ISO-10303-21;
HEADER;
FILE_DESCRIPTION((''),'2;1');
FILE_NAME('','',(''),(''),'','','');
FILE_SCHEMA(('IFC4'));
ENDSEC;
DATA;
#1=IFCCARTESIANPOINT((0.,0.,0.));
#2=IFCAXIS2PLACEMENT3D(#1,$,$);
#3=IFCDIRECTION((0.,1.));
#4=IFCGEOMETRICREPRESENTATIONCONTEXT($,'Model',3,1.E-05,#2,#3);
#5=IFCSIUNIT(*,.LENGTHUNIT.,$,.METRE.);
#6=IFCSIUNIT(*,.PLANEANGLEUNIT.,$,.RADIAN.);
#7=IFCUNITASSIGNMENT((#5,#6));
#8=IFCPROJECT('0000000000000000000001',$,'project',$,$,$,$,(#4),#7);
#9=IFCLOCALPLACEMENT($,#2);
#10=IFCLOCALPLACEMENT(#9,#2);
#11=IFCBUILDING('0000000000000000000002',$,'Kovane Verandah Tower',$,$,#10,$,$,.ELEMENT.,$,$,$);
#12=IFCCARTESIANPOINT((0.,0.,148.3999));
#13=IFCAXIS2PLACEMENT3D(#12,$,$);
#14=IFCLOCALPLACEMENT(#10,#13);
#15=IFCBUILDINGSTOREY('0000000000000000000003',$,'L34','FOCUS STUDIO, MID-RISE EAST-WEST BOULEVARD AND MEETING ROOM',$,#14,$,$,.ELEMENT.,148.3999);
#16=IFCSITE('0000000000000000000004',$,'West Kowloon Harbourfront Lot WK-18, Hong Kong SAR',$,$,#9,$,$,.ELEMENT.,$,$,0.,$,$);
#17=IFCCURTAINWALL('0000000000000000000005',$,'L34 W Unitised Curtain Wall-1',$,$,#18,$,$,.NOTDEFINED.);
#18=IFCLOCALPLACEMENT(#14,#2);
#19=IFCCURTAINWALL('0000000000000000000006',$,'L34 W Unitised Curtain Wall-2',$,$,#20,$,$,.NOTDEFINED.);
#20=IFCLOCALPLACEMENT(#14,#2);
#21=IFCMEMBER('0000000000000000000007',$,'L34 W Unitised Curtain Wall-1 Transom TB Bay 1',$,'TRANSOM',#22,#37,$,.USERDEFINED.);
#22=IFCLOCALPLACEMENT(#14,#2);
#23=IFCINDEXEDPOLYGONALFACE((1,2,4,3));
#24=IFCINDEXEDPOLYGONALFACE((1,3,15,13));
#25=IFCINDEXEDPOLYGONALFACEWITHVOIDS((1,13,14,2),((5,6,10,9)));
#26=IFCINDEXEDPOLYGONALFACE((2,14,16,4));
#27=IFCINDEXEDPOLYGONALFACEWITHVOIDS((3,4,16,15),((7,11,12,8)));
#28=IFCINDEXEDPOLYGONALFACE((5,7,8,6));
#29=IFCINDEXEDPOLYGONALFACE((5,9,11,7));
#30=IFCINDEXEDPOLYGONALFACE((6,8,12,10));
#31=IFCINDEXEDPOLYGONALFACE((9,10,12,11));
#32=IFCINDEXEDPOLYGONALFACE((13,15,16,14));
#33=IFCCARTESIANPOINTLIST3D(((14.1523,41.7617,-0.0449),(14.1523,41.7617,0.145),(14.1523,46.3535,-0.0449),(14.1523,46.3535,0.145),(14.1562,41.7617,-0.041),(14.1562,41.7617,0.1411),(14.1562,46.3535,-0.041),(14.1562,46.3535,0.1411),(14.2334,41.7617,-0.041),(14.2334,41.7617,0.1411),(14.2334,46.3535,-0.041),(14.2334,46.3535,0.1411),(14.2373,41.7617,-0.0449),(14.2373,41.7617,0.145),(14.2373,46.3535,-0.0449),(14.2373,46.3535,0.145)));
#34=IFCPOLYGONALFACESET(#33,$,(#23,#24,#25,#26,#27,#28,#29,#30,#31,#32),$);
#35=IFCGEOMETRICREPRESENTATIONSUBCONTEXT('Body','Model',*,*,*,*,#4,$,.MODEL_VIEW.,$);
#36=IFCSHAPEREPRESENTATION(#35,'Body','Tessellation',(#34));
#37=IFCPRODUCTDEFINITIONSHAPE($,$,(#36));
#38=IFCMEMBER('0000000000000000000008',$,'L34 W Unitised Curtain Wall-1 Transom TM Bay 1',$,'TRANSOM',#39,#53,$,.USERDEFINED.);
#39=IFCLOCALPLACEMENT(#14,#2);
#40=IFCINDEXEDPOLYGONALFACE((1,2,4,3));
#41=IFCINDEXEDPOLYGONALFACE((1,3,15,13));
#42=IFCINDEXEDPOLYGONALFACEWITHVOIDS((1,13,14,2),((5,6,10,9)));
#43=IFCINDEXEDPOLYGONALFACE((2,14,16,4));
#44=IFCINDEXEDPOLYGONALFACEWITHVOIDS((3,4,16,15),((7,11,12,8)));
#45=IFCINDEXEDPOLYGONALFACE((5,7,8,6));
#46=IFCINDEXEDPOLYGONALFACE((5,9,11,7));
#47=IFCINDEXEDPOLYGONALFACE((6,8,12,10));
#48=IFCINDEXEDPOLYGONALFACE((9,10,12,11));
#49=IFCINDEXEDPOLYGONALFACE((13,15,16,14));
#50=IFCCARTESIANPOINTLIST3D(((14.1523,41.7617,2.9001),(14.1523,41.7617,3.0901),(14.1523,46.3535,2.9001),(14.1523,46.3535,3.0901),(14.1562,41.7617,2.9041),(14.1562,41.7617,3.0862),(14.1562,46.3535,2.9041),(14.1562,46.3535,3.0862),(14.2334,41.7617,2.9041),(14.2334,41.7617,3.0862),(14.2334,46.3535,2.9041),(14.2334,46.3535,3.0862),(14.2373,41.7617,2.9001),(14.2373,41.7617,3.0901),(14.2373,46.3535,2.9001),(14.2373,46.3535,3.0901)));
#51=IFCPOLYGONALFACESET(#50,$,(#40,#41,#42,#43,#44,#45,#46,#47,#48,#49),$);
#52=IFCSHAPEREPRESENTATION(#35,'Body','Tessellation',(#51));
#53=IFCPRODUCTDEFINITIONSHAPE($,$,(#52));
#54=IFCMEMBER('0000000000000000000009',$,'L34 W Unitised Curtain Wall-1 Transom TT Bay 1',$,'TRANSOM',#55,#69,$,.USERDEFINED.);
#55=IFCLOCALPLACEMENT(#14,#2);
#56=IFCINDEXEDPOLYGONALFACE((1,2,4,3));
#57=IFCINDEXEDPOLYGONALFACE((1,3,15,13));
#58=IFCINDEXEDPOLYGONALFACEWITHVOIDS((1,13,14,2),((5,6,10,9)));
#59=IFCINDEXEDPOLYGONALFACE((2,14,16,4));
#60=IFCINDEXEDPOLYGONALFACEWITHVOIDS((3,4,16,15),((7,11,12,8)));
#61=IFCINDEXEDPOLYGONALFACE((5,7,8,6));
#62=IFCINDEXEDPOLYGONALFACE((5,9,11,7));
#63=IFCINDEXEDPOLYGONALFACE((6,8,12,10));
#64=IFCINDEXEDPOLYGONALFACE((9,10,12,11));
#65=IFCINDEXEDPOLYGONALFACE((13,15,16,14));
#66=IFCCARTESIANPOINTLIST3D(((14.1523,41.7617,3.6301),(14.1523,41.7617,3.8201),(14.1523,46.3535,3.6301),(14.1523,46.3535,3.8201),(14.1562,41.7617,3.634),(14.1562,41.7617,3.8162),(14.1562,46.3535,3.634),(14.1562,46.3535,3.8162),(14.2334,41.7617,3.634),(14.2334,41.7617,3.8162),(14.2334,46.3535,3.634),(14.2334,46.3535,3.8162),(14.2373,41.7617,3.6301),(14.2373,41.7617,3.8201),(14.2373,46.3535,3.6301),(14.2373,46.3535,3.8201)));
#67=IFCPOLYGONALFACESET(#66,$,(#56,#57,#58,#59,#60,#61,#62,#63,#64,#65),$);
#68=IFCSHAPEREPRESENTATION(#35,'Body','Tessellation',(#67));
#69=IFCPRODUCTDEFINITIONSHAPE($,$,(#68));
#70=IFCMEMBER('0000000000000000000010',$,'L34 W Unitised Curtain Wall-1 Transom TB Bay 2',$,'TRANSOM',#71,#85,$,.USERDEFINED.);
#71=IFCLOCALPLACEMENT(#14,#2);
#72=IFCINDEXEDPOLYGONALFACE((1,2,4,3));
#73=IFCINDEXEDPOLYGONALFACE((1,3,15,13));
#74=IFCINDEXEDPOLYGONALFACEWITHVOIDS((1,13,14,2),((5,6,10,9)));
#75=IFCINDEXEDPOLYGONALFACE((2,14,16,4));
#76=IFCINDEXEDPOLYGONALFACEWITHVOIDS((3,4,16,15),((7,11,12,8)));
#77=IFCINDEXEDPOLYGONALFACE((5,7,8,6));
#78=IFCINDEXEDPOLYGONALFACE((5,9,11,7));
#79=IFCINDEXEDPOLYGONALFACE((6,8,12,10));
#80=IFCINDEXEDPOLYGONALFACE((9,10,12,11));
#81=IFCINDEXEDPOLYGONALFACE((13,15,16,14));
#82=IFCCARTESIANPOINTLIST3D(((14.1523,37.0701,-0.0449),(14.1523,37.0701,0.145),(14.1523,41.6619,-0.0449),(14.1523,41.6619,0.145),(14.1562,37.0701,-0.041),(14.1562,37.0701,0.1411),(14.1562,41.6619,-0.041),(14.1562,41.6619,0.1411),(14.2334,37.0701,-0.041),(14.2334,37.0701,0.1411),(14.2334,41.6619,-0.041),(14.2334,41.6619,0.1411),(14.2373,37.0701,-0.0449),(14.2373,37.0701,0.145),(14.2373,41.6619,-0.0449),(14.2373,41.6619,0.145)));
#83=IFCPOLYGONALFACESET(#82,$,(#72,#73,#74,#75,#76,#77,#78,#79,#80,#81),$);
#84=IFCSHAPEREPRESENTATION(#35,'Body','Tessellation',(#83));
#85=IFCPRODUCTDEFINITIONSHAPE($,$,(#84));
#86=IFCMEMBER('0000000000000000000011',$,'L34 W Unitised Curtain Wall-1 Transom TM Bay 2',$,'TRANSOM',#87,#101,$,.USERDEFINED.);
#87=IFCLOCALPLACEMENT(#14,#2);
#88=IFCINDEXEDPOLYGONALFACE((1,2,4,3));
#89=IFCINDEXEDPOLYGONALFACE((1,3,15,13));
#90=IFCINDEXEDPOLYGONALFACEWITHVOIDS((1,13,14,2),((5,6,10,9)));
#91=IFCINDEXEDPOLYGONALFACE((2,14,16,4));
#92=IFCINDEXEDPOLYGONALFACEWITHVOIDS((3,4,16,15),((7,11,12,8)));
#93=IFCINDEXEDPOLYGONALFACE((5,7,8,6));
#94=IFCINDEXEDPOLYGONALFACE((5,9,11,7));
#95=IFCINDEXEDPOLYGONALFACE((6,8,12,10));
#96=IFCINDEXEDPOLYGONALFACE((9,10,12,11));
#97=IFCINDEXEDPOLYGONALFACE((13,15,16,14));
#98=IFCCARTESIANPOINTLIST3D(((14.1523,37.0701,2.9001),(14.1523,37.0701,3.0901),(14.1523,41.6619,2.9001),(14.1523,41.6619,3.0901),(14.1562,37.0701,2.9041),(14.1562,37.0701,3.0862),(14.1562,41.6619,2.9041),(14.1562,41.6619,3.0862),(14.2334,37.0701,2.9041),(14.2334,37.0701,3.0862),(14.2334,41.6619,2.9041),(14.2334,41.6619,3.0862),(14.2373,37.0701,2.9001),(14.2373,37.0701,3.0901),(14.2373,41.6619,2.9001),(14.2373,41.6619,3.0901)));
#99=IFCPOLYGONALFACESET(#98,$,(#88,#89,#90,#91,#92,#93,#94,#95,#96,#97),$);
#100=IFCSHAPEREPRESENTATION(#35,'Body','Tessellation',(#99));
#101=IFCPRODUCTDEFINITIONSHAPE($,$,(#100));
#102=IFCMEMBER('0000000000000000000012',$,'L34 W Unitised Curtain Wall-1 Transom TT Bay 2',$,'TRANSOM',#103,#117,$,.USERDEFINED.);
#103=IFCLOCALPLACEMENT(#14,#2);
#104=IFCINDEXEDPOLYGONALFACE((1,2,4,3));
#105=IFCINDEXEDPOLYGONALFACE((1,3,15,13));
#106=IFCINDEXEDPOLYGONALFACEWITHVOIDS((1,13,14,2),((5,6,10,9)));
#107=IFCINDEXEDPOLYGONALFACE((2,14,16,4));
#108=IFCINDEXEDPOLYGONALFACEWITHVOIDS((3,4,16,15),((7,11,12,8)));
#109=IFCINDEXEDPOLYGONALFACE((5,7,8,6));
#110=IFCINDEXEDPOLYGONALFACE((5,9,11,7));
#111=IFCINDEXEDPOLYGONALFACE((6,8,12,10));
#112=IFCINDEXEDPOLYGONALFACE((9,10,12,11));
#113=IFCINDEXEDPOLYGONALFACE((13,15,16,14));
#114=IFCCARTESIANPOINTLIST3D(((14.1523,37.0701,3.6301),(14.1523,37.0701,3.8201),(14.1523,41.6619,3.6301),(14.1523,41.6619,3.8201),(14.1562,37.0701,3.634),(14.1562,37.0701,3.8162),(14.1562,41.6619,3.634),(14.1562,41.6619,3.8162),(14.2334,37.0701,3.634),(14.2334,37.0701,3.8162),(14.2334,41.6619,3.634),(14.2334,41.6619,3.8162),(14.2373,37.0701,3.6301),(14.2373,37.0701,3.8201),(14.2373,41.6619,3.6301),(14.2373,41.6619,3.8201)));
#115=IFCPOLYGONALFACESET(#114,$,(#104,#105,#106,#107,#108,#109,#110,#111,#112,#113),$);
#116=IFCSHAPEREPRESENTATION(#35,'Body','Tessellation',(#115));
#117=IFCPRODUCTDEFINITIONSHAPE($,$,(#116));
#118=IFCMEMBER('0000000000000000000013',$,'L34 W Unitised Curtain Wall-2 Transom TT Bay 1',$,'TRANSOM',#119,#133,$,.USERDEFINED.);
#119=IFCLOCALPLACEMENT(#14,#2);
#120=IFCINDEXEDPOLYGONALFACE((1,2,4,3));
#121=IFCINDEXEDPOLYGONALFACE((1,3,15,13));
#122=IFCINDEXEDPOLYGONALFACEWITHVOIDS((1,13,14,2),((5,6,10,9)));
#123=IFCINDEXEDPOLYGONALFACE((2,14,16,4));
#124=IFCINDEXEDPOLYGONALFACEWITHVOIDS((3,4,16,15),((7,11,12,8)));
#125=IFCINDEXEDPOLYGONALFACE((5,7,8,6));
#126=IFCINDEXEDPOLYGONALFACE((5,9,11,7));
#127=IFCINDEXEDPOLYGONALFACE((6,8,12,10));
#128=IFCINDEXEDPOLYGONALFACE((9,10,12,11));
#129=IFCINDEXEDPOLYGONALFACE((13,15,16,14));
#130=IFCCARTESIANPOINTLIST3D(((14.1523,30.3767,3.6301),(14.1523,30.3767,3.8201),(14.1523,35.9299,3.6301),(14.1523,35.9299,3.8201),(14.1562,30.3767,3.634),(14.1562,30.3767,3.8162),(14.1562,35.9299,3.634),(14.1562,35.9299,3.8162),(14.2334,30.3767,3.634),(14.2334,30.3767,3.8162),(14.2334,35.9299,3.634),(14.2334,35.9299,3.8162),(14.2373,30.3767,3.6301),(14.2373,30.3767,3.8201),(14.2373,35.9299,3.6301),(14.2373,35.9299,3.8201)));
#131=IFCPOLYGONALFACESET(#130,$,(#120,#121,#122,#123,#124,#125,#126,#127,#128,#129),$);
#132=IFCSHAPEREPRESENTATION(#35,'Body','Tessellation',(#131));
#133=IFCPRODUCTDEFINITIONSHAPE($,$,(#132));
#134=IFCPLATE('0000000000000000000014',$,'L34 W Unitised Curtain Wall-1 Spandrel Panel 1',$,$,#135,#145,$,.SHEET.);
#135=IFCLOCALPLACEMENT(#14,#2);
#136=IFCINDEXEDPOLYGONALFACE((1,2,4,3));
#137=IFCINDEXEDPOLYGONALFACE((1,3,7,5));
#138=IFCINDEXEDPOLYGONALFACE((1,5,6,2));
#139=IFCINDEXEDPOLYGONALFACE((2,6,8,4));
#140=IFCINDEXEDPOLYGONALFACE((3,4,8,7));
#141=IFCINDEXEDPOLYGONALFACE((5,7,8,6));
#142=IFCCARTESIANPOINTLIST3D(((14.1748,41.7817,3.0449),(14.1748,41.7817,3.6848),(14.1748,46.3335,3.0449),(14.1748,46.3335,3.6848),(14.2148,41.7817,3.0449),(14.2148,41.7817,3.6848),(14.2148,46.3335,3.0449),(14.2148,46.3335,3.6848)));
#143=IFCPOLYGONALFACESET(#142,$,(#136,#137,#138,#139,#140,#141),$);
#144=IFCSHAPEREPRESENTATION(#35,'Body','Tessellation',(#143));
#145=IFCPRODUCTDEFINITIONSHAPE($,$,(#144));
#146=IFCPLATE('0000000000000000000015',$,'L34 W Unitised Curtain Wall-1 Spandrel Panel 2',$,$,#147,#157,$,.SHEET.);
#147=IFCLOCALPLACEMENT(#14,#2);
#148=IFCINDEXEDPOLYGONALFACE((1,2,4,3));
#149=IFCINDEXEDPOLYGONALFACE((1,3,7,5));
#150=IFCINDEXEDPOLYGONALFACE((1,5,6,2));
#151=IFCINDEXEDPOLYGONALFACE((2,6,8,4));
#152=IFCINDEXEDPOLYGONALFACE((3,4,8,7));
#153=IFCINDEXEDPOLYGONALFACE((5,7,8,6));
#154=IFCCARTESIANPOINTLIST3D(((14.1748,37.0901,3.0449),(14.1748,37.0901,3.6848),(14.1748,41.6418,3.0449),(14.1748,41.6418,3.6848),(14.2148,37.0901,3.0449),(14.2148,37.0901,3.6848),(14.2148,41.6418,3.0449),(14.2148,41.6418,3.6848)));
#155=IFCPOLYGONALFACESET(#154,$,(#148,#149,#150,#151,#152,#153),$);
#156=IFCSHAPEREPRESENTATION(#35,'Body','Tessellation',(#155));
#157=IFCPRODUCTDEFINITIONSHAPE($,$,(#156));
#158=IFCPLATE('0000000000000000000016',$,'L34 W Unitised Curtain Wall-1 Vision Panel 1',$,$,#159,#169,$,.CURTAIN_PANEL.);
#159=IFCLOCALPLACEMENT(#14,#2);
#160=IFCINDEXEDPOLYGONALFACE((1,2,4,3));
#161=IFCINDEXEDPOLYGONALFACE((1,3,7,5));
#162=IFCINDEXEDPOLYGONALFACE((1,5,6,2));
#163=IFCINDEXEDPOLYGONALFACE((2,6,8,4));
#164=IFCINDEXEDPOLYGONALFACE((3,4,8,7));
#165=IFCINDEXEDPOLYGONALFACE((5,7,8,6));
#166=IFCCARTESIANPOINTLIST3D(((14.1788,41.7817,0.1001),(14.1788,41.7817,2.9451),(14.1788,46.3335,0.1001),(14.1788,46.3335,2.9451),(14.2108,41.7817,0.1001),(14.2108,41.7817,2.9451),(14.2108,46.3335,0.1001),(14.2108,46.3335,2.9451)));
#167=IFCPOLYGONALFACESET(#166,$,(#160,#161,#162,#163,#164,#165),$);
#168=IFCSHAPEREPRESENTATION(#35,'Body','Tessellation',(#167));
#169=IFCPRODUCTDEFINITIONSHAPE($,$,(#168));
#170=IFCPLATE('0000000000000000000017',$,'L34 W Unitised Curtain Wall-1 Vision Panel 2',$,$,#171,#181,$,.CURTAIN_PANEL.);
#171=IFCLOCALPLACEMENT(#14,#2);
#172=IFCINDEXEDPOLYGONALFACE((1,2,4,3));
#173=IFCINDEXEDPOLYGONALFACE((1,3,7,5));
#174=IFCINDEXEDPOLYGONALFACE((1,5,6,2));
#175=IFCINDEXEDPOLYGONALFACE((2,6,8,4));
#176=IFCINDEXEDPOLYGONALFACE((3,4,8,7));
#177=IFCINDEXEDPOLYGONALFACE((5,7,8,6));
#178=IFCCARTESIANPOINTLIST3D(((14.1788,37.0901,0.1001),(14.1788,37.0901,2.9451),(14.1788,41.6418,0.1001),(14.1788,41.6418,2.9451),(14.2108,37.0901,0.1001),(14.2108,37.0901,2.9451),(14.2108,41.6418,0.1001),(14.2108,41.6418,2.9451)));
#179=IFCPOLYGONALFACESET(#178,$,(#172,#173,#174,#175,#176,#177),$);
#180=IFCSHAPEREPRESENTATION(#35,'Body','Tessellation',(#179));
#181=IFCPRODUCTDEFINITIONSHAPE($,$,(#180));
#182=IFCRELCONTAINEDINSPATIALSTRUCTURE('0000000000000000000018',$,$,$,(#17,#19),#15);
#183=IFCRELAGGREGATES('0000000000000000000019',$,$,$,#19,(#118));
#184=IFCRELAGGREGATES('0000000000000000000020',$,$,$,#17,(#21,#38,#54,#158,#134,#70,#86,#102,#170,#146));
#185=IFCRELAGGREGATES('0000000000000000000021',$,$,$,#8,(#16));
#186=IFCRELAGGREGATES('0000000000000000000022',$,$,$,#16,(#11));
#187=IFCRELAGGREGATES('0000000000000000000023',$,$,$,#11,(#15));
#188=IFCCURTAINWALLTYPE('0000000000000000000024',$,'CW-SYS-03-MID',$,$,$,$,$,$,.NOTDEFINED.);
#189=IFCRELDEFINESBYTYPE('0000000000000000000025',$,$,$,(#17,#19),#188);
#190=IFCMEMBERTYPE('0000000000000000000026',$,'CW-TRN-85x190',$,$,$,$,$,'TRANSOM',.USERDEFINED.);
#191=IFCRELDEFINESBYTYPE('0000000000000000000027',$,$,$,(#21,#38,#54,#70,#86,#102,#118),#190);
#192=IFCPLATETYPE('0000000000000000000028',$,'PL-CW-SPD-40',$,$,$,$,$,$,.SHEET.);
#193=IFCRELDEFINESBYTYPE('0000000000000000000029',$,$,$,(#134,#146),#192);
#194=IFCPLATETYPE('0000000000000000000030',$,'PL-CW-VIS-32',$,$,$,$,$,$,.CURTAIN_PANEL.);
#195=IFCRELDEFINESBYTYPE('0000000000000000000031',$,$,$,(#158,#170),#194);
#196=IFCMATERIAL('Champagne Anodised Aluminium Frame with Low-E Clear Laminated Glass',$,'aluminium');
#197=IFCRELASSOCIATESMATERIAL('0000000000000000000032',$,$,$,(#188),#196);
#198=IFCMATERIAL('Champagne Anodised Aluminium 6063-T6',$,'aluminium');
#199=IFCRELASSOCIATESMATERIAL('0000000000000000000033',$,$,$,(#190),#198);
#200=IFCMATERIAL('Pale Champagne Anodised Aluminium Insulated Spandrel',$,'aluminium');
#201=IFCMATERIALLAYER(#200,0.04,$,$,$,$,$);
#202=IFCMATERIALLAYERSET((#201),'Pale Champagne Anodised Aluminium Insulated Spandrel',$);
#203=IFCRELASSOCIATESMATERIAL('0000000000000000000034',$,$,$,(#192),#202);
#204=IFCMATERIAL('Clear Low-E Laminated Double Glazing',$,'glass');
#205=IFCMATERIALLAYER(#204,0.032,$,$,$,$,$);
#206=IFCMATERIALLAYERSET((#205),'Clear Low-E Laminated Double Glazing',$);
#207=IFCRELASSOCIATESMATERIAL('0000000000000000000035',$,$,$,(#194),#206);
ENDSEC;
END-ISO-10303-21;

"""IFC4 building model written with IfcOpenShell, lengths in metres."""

from ifc_helpers import new_model, si_unit, direction, frame, origin, origin_2d, place, context, subcontext, project, spatial, rectangle, hollow_rectangle, extrude, material, layer, layer_set, material_profile, profile_set, type_object, element, aggregate, save


model = new_model("IFC4")

# Units and contexts
model_context = context("Model", 3, precision=1e-05, world=origin(), true_north=direction((0.0, 1.0)))
body_context = subcontext(model_context, "Body", "Model", "MODEL_VIEW")
ifc_project = project(units=[si_unit("LENGTHUNIT", "METRE"), si_unit("PLANEANGLEUNIT", "RADIAN")], contexts=[model_context])

# Site, building, storey
site_placement = place(None, origin())
site = spatial("IfcSite", under=ifc_project, at=site_placement, Name="West Kowloon Harbourfront Lot WK-18, Hong Kong SAR", CompositionType="ELEMENT", RefElevation=0.0)
building_placement = place(site_placement, origin())
building = spatial("IfcBuilding", under=site, at=building_placement, Name="Kovane Verandah Tower", CompositionType="ELEMENT")
storey_placement = place(building_placement, frame((0.0, 0.0, 148.3999)))
storey = spatial("IfcBuildingStorey", under=building, at=storey_placement, Name="L34", Description="FOCUS STUDIO, MID-RISE EAST-WEST BOULEVARD AND MEETING ROOM", CompositionType="ELEMENT", Elevation=148.3999)

# Curtain wall
ifc_material_1 = material(Name="Champagne Anodised Aluminium Frame with Low-E Clear Laminated Glass", Category="aluminium")
curtain_wall_type = type_object("IfcCurtainWallType", Name="CW-SYS-03-MID", PredefinedType="NOTDEFINED", material=ifc_material_1)
curtain_wall_1_placement = place(storey_placement, origin())
curtain_wall_1 = element("IfcCurtainWall", 1, at=curtain_wall_1_placement, inside=storey, type_object=curtain_wall_type, Name="L34 W Unitised Curtain Wall-1", PredefinedType="NOTDEFINED")
ifc_material_2 = material(Name="Champagne Anodised Aluminium 6063-T6", Category="aluminium")

# Curtain wall
curtain_wall_2_placement = place(storey_placement, origin())
curtain_wall_2 = element("IfcCurtainWall", 2, at=curtain_wall_2_placement, inside=storey, type_object=curtain_wall_type, Name="L34 W Unitised Curtain Wall-2", PredefinedType="NOTDEFINED")

# Members
ifc_material_profile_1 = material_profile(ifc_material_2, hollow_rectangle(XDim=0.085, YDim=0.1899, WallThickness=0.0039, at=origin_2d()), Name="AL85x190x4")
ifc_profile_set_1 = profile_set([ifc_material_profile_1], Name="Champagne Anodised Aluminium 6063-T6")
member_type_1 = type_object("IfcMemberType", Name="CW-TRN-85x190", ElementType="TRANSOM", PredefinedType="USERDEFINED", material=ifc_profile_set_1)
member_1_placement = place(storey_placement, frame((14.1948, 46.3535, 0.05), z_axis=(0.0, -1.0, 0.0), x_axis=(1.0, 0.0, 0.0)))
member_1 = element("IfcMember", 3, at=member_1_placement, type_object=member_type_1, Name="L34 W Unitised Curtain Wall-1 Transom TB Bay 1", ObjectType="TRANSOM", PredefinedType="USERDEFINED", context=body_context, shape_type="SweptSolid", body=[
    extrude(hollow_rectangle(XDim=0.085, YDim=0.1899, WallThickness=0.0039, at=origin_2d()), origin(), (0.0, 0.0, 1.0), 4.5918),
])
member_2_placement = place(storey_placement, frame((14.1948, 46.3535, 2.9951), z_axis=(0.0, -1.0, 0.0), x_axis=(1.0, 0.0, 0.0)))
member_2 = element("IfcMember", 4, at=member_2_placement, type_object=member_type_1, Name="L34 W Unitised Curtain Wall-1 Transom TM Bay 1", ObjectType="TRANSOM", PredefinedType="USERDEFINED", context=body_context, shape_type="SweptSolid", body=[
    extrude(hollow_rectangle(XDim=0.085, YDim=0.1899, WallThickness=0.0039, at=origin_2d()), origin(), (0.0, 0.0, 1.0), 4.5918),
])
member_3_placement = place(storey_placement, frame((14.1948, 46.3535, 3.7251), z_axis=(0.0, -1.0, 0.0), x_axis=(1.0, 0.0, 0.0)))
member_3 = element("IfcMember", 5, at=member_3_placement, type_object=member_type_1, Name="L34 W Unitised Curtain Wall-1 Transom TT Bay 1", ObjectType="TRANSOM", PredefinedType="USERDEFINED", context=body_context, shape_type="SweptSolid", body=[
    extrude(hollow_rectangle(XDim=0.085, YDim=0.1899, WallThickness=0.0039, at=origin_2d()), origin(), (0.0, 0.0, 1.0), 4.5918),
])
member_4_placement = place(storey_placement, frame((14.1948, 41.6619, 0.05), z_axis=(0.0, -1.0, 0.0), x_axis=(1.0, 0.0, 0.0)))
member_4 = element("IfcMember", 6, at=member_4_placement, type_object=member_type_1, Name="L34 W Unitised Curtain Wall-1 Transom TB Bay 2", ObjectType="TRANSOM", PredefinedType="USERDEFINED", context=body_context, shape_type="SweptSolid", body=[
    extrude(hollow_rectangle(XDim=0.085, YDim=0.1899, WallThickness=0.0039, at=origin_2d()), origin(), (0.0, 0.0, 1.0), 4.5918),
])
member_5_placement = place(storey_placement, frame((14.1948, 41.6619, 2.9951), z_axis=(0.0, -1.0, 0.0), x_axis=(1.0, 0.0, 0.0)))
member_5 = element("IfcMember", 7, at=member_5_placement, type_object=member_type_1, Name="L34 W Unitised Curtain Wall-1 Transom TM Bay 2", ObjectType="TRANSOM", PredefinedType="USERDEFINED", context=body_context, shape_type="SweptSolid", body=[
    extrude(hollow_rectangle(XDim=0.085, YDim=0.1899, WallThickness=0.0039, at=origin_2d()), origin(), (0.0, 0.0, 1.0), 4.5918),
])
member_6_placement = place(storey_placement, frame((14.1948, 41.6619, 3.7251), z_axis=(0.0, -1.0, 0.0), x_axis=(1.0, 0.0, 0.0)))
member_6 = element("IfcMember", 8, at=member_6_placement, type_object=member_type_1, Name="L34 W Unitised Curtain Wall-1 Transom TT Bay 2", ObjectType="TRANSOM", PredefinedType="USERDEFINED", context=body_context, shape_type="SweptSolid", body=[
    extrude(hollow_rectangle(XDim=0.085, YDim=0.1899, WallThickness=0.0039, at=origin_2d()), origin(), (0.0, 0.0, 1.0), 4.5918),
])
member_7_placement = place(storey_placement, frame((14.1948, 35.9299, 3.7251), z_axis=(0.0, -1.0, 0.0), x_axis=(1.0, 0.0, 0.0)))
member_7 = element("IfcMember", 9, at=member_7_placement, type_object=member_type_1, Name="L34 W Unitised Curtain Wall-2 Transom TT Bay 1", ObjectType="TRANSOM", PredefinedType="USERDEFINED", context=body_context, shape_type="SweptSolid", body=[
    extrude(hollow_rectangle(XDim=0.085, YDim=0.1899, WallThickness=0.0039, at=origin_2d()), origin(), (0.0, 0.0, 1.0), 5.5532),
])
aggregate(curtain_wall_2, [member_7])

# Plates
ifc_material_3 = material(Name="Pale Champagne Anodised Aluminium Insulated Spandrel", Category="aluminium")
ifc_layer_1 = layer(ifc_material_3, 0.04)
ifc_layer_set_1 = layer_set([ifc_layer_1], Name="Pale Champagne Anodised Aluminium Insulated Spandrel")
plate_type_1 = type_object("IfcPlateType", Name="PL-CW-SPD-40", PredefinedType="SHEET", material=ifc_layer_set_1)
plate_1_placement = place(storey_placement, frame((14.1948, 44.0576, 3.0449), z_axis=(0.0, 0.0, 1.0), x_axis=(0.0, -1.0, 0.0)))
plate_1 = element("IfcPlate", 10, at=plate_1_placement, type_object=plate_type_1, Name="L34 W Unitised Curtain Wall-1 Spandrel Panel 1", PredefinedType="SHEET", context=body_context, shape_type="SweptSolid", body=[
    extrude(rectangle(XDim=4.5518, YDim=0.04, at=origin_2d()), origin(), (0.0, 0.0, 1.0), 0.6399),
])
plate_2_placement = place(storey_placement, frame((14.1948, 39.366, 3.0449), z_axis=(0.0, 0.0, 1.0), x_axis=(0.0, -1.0, 0.0)))
plate_2 = element("IfcPlate", 11, at=plate_2_placement, type_object=plate_type_1, Name="L34 W Unitised Curtain Wall-1 Spandrel Panel 2", PredefinedType="SHEET", context=body_context, shape_type="SweptSolid", body=[
    extrude(rectangle(XDim=4.5518, YDim=0.04, at=origin_2d()), origin(), (0.0, 0.0, 1.0), 0.6399),
])
ifc_material_4 = material(Name="Clear Low-E Laminated Double Glazing", Category="glass")
ifc_layer_2 = layer(ifc_material_4, 0.032)
ifc_layer_set_2 = layer_set([ifc_layer_2], Name="Clear Low-E Laminated Double Glazing")
plate_type_2 = type_object("IfcPlateType", Name="PL-CW-VIS-32", PredefinedType="CURTAIN_PANEL", material=ifc_layer_set_2)
plate_3_placement = place(storey_placement, frame((14.1948, 44.0576, 0.1001), z_axis=(0.0, 0.0, 1.0), x_axis=(0.0, -1.0, 0.0)))
plate_3 = element("IfcPlate", 12, at=plate_3_placement, type_object=plate_type_2, Name="L34 W Unitised Curtain Wall-1 Vision Panel 1", PredefinedType="CURTAIN_PANEL", context=body_context, shape_type="SweptSolid", body=[
    extrude(rectangle(XDim=4.5518, YDim=0.032, at=origin_2d()), origin(), (0.0, 0.0, 1.0), 2.845),
])
plate_4_placement = place(storey_placement, frame((14.1948, 39.366, 0.1001), z_axis=(0.0, 0.0, 1.0), x_axis=(0.0, -1.0, 0.0)))
plate_4 = element("IfcPlate", 13, at=plate_4_placement, type_object=plate_type_2, Name="L34 W Unitised Curtain Wall-1 Vision Panel 2", PredefinedType="CURTAIN_PANEL", context=body_context, shape_type="SweptSolid", body=[
    extrude(rectangle(XDim=4.5518, YDim=0.032, at=origin_2d()), origin(), (0.0, 0.0, 1.0), 2.845),
])
aggregate(curtain_wall_1, [member_1, member_2, member_3, plate_3, plate_1, member_4, member_5, member_6, plate_4, plate_2])

save(model, "model.ifc")
